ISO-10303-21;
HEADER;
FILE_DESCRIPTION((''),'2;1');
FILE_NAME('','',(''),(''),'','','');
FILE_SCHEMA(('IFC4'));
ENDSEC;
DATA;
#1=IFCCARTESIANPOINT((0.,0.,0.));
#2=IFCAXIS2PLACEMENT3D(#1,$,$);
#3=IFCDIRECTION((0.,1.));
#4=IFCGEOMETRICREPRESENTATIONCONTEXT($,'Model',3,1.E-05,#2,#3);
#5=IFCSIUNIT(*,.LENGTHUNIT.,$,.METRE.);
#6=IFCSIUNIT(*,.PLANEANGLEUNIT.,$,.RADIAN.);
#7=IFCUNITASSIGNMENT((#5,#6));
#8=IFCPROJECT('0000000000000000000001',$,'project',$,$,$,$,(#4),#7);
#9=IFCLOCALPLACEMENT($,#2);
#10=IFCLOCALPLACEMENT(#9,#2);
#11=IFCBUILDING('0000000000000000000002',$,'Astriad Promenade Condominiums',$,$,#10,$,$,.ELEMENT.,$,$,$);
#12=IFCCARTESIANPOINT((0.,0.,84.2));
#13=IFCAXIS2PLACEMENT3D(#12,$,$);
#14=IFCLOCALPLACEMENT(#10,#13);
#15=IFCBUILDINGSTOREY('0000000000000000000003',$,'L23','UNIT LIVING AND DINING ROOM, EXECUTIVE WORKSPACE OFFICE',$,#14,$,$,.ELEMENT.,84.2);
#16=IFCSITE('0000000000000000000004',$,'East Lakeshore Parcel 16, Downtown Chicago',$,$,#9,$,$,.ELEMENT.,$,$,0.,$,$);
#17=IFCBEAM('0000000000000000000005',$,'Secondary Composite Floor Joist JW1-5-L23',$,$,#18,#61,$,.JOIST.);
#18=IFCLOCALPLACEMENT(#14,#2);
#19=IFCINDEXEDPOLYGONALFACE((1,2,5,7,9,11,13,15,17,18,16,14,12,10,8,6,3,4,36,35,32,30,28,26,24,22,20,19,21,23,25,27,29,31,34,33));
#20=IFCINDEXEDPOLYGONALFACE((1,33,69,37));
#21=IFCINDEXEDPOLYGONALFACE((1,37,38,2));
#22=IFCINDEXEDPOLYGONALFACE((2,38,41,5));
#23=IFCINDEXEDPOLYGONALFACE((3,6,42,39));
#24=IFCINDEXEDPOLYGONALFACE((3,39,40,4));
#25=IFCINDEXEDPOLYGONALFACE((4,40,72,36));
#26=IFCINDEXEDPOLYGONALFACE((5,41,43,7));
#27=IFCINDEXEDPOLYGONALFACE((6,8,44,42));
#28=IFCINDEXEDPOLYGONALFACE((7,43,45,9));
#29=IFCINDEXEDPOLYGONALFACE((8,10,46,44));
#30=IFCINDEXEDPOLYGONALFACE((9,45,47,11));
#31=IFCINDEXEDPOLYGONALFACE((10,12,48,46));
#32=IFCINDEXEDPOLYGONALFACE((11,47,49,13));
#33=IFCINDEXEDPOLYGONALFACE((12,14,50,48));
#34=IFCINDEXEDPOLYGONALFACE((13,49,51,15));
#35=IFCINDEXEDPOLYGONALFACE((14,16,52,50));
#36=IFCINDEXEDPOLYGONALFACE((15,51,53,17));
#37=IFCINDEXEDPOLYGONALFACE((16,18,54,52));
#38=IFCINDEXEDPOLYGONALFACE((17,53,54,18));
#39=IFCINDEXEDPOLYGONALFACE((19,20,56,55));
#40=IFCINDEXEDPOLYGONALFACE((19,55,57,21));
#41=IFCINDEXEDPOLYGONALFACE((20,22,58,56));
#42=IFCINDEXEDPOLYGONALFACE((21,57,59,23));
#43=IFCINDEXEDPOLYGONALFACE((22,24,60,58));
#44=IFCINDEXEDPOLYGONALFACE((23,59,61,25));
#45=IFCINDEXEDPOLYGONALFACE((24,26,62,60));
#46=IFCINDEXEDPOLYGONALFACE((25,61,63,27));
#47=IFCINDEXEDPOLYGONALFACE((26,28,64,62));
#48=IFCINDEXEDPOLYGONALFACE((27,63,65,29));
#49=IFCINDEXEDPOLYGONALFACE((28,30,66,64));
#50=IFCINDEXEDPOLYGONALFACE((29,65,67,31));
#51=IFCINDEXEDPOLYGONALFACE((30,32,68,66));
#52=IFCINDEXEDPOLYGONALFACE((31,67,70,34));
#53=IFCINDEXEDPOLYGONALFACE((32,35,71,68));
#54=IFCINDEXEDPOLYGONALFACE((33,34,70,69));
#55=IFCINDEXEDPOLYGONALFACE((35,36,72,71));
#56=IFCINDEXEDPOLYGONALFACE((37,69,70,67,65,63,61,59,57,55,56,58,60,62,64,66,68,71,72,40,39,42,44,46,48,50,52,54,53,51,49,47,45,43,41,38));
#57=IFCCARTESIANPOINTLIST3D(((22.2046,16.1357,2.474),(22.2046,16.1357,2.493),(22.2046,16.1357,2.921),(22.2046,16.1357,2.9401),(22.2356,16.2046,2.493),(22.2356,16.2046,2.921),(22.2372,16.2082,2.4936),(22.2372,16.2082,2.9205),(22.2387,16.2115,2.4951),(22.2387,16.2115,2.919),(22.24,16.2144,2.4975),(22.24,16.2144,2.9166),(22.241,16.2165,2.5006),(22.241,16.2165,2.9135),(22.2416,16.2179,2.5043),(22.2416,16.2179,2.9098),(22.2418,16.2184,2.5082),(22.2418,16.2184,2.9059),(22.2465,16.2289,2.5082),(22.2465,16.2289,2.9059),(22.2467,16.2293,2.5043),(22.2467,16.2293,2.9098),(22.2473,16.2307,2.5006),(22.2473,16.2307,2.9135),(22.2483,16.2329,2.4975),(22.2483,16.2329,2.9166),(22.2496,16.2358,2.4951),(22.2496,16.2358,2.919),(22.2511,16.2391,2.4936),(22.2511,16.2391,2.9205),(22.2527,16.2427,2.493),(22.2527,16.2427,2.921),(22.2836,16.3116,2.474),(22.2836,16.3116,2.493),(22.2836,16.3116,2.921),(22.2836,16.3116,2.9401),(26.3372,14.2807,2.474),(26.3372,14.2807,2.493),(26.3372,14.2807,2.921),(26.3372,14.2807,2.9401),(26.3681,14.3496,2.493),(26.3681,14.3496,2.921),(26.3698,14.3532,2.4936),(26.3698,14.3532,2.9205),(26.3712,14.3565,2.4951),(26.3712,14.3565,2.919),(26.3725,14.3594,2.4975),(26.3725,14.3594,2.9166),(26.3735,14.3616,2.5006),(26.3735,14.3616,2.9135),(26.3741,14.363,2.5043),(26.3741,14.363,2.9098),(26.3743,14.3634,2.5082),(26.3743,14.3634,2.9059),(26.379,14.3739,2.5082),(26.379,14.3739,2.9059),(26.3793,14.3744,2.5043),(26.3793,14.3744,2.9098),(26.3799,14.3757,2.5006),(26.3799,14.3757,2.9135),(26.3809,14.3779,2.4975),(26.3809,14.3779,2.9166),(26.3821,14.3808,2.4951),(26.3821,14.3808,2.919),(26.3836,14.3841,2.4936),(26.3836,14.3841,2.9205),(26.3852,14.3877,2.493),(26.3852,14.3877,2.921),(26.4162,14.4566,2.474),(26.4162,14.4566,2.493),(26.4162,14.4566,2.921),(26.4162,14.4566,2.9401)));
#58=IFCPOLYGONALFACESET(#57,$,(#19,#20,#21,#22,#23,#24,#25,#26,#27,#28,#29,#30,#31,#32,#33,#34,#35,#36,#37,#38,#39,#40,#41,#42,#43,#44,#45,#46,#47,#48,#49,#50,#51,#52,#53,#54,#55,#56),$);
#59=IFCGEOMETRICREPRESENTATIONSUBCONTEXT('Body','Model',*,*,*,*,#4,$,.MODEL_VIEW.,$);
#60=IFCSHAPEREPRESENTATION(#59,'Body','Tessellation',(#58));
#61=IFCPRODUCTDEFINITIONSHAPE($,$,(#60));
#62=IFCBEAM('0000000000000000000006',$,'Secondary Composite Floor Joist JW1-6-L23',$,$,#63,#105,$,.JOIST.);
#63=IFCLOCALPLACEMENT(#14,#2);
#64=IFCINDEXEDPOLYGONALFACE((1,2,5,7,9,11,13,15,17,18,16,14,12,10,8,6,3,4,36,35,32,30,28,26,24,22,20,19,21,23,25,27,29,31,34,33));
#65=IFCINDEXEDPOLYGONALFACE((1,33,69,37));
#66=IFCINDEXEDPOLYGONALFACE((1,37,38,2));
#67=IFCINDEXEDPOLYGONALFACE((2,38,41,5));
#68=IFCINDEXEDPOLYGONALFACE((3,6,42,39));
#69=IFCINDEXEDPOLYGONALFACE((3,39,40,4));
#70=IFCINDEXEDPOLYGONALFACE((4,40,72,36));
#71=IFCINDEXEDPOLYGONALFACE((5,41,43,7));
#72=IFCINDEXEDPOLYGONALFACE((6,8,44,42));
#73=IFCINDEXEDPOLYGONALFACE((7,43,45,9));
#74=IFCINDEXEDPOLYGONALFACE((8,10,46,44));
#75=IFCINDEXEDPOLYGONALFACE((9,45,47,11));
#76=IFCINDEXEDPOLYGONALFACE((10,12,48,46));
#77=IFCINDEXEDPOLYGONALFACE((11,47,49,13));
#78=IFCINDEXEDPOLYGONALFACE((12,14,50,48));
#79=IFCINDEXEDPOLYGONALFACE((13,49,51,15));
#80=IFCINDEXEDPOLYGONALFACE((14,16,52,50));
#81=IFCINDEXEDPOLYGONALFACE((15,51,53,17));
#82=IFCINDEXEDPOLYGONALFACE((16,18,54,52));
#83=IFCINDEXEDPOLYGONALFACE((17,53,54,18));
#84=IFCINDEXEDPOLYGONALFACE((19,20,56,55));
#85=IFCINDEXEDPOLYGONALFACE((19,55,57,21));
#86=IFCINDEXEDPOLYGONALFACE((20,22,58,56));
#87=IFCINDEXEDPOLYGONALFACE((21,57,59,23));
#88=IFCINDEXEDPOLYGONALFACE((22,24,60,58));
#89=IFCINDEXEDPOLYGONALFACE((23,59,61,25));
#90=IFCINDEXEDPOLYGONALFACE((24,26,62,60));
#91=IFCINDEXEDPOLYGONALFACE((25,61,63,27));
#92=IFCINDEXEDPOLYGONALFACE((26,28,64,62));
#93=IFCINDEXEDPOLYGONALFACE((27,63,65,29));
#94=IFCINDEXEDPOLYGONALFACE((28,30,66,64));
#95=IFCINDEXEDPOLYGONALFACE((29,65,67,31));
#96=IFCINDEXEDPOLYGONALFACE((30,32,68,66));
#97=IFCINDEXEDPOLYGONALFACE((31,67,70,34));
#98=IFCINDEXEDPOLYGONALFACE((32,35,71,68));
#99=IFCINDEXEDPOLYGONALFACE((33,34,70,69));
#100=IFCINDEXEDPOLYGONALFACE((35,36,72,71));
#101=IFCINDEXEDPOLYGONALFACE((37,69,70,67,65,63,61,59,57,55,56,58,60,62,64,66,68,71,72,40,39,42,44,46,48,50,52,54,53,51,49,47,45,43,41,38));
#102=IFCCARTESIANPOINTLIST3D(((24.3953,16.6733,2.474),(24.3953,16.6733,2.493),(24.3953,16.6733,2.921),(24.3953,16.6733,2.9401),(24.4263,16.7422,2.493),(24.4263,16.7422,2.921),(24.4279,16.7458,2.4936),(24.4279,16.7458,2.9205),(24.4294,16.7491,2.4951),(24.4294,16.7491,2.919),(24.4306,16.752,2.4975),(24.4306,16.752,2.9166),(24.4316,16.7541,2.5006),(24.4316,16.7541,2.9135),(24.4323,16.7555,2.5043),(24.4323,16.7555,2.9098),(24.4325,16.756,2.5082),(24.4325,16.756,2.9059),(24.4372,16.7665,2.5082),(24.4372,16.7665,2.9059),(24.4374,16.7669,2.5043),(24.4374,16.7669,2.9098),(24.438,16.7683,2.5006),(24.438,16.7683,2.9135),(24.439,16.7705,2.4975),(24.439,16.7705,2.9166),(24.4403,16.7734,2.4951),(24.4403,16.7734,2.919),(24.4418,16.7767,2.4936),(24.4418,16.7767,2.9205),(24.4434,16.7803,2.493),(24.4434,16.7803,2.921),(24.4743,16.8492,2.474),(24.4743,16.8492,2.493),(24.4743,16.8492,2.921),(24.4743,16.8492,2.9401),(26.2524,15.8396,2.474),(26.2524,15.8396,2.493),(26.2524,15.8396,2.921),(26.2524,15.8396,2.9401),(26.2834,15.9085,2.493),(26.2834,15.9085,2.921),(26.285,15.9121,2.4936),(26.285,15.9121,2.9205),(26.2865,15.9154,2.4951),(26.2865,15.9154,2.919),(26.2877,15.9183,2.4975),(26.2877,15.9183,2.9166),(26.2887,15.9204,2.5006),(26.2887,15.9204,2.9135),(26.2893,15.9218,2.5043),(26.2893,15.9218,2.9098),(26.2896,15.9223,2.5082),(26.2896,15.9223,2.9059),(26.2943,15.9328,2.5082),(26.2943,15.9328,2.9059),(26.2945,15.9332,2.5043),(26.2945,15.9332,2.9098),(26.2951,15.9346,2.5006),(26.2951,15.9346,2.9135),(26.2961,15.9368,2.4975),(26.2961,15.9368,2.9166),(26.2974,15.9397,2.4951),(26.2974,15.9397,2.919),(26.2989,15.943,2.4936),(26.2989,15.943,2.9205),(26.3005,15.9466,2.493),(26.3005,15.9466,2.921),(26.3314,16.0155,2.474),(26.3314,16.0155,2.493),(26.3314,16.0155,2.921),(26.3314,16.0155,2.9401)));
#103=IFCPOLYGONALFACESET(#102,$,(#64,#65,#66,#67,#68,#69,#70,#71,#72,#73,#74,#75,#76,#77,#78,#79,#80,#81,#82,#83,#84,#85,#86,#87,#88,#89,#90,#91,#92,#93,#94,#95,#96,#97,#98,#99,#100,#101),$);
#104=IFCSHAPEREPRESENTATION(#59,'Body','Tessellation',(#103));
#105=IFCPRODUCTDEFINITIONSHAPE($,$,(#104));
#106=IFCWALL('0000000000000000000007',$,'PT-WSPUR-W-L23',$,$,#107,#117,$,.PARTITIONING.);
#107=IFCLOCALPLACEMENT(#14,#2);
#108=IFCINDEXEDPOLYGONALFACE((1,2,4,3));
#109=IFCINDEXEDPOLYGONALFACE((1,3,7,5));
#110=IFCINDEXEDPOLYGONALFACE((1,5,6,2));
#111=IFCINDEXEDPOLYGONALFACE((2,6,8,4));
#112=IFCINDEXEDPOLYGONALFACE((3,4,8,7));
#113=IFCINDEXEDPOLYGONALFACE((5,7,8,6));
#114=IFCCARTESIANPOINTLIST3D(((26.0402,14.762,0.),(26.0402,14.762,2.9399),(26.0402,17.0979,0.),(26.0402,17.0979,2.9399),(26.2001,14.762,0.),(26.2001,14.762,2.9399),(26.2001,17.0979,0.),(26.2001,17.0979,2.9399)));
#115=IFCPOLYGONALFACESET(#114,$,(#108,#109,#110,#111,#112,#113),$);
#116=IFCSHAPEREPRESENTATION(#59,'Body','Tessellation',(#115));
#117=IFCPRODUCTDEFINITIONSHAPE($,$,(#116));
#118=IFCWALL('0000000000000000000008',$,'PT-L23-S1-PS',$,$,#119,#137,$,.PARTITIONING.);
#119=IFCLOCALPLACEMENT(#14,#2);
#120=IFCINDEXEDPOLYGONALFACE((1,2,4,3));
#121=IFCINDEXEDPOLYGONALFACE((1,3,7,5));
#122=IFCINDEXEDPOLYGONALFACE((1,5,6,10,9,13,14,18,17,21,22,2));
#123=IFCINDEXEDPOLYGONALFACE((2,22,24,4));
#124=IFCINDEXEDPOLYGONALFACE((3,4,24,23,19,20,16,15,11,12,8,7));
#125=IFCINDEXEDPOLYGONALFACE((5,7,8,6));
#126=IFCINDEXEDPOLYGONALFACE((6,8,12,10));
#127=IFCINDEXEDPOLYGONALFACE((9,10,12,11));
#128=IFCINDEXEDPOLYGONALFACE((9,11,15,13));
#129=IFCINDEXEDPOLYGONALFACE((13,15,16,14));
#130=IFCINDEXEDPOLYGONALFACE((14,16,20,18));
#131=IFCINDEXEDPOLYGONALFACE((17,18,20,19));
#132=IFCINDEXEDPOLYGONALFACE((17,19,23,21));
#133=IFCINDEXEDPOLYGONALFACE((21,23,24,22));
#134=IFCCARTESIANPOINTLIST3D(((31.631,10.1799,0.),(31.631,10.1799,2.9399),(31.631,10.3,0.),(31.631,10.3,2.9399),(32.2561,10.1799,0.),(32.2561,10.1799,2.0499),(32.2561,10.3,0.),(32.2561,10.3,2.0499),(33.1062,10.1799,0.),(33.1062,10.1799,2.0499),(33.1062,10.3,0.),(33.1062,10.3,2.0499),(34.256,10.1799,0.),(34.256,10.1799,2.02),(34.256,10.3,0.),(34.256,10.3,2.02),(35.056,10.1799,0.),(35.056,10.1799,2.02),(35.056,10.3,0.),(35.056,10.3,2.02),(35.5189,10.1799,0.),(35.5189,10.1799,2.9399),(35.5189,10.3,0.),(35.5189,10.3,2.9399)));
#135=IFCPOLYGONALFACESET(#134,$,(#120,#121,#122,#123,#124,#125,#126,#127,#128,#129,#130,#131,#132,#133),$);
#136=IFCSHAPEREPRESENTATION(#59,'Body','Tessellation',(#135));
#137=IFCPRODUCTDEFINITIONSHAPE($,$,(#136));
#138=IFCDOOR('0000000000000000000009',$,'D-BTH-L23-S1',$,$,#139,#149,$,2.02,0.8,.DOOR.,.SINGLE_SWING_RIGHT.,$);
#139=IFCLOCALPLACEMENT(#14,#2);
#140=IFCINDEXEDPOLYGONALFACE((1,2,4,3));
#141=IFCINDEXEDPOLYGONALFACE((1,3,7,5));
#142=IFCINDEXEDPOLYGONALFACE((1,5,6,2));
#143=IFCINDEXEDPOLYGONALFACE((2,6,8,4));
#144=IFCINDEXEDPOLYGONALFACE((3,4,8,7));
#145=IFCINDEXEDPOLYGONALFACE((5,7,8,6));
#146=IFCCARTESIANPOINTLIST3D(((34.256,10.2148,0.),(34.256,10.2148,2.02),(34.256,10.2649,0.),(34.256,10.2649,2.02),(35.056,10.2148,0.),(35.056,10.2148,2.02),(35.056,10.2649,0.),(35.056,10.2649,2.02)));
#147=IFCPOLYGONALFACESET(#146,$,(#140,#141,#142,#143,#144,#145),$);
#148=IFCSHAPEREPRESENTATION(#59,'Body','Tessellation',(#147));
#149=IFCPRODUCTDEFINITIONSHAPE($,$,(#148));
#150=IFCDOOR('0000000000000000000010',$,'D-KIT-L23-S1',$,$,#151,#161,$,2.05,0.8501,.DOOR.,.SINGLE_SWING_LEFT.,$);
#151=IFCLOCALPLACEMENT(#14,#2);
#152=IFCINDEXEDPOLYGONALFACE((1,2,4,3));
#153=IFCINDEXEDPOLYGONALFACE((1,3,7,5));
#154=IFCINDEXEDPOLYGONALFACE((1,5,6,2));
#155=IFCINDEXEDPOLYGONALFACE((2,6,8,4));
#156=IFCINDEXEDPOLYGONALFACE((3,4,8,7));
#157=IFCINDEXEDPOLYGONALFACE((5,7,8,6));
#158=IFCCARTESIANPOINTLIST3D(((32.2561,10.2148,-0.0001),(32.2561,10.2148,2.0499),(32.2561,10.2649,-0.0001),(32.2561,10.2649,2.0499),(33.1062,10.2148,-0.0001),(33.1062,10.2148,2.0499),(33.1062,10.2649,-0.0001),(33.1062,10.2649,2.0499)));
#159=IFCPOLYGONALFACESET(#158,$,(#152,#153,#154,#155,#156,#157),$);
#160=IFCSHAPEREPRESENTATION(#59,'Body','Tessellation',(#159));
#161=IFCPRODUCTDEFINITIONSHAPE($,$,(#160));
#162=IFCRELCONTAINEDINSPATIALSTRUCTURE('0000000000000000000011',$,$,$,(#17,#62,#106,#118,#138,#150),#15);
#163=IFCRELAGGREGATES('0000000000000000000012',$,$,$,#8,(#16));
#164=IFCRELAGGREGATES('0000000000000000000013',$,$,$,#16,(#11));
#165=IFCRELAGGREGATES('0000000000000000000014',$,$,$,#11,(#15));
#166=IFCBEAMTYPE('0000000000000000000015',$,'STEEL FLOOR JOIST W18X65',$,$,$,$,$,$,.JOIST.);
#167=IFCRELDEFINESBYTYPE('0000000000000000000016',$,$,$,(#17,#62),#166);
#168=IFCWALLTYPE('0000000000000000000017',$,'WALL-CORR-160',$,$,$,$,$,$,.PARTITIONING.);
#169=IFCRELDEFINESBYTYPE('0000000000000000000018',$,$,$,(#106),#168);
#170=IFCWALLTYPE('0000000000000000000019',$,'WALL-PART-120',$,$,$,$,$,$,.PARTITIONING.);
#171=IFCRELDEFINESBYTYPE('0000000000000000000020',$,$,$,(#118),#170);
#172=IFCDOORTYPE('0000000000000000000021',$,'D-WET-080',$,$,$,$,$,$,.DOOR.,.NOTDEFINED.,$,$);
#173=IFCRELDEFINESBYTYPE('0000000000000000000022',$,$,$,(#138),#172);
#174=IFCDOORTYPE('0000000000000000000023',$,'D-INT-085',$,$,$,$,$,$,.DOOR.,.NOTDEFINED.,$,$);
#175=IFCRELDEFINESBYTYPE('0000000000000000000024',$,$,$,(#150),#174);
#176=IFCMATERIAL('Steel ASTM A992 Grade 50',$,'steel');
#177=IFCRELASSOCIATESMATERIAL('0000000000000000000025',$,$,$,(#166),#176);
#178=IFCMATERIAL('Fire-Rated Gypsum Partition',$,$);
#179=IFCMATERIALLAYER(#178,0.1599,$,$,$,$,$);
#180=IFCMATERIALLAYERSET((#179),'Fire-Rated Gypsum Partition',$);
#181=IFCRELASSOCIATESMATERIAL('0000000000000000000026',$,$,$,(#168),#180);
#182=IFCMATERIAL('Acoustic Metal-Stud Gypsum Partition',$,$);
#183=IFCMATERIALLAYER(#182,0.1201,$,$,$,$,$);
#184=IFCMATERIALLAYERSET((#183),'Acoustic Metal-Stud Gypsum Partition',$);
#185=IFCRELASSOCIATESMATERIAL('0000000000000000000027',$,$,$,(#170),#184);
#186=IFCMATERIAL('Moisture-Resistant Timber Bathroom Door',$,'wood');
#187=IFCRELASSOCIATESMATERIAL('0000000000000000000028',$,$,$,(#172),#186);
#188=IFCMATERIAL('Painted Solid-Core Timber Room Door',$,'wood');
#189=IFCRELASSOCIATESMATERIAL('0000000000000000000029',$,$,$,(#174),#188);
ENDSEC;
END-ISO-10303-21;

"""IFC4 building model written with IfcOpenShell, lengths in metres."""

from ifc_helpers import new_model, si_unit, direction, frame, frame_2d, origin, origin_2d, place, context, subcontext, project, spatial, rectangle, i_section, extrude, source, transform, mapped, material, layer, layer_set, material_profile, profile_set, type_object, type_shapes, element, fill, save


model = new_model("IFC4")

# Units and contexts
model_context = context("Model", 3, precision=1e-05, world=origin(), true_north=direction((0.0, 1.0)))
body_context = subcontext(model_context, "Body", "Model", "MODEL_VIEW")
ifc_project = project(units=[si_unit("LENGTHUNIT", "METRE"), si_unit("PLANEANGLEUNIT", "RADIAN")], contexts=[model_context])

# Site, building, storey
site_placement = place(None, origin())
site = spatial("IfcSite", under=ifc_project, at=site_placement, Name="East Lakeshore Parcel 16, Downtown Chicago", CompositionType="ELEMENT", RefElevation=0.0)
building_placement = place(site_placement, origin())
building = spatial("IfcBuilding", under=site, at=building_placement, Name="Astriad Promenade Condominiums", CompositionType="ELEMENT")
storey_placement = place(building_placement, frame((0.0, 0.0, 84.2)))
storey = spatial("IfcBuildingStorey", under=building, at=storey_placement, Name="L23", Description="UNIT LIVING AND DINING ROOM, EXECUTIVE WORKSPACE OFFICE", CompositionType="ELEMENT", Elevation=84.2)

# Shared definitions
ifc_material_1 = material(Name="Steel ASTM A992 Grade 50", Category="steel")

# Beams
ifc_material_profile_1 = material_profile(ifc_material_1, i_section(OverallWidth=0.1929, OverallDepth=0.4661, WebThickness=0.0115, FlangeThickness=0.019, FilletRadius=0.0151, at=origin_2d()), Name="W18X65")
ifc_profile_set_1 = profile_set([ifc_material_profile_1], Name="Steel ASTM A992 Grade 50")
beam_type_1 = type_object("IfcBeamType", Name="STEEL FLOOR JOIST W18X65", PredefinedType="JOIST", material=ifc_profile_set_1)
shared_shape_1 = source(origin(), body_context, "Body", "SweptSolid", [
    extrude(i_section(OverallWidth=0.1929, OverallDepth=0.4661, WebThickness=0.0115, FlangeThickness=0.019, FilletRadius=0.0151, at=origin_2d()), origin(), (0.0, 0.0, 1.0), 4.5298),
])
beam_1_placement = place(storey_placement, frame((22.2441, 16.2236, 2.707), z_axis=(0.912307, -0.409506, 0.0), x_axis=(0.409506, 0.912307, 0.0)))
element("IfcBeam", 1, at=beam_1_placement, inside=storey, type_object=beam_type_1, Name="Secondary Composite Floor Joist JW1-5-L23", PredefinedType="JOIST", context=body_context, shape_type="MappedRepresentation", body=[
    mapped(shared_shape_1, transform((0.0, 0.0, 0.0), scale=1.0)),
])
shared_shape_2 = source(origin(), body_context, "Body", "SweptSolid", [
    extrude(i_section(OverallWidth=0.1929, OverallDepth=0.4661, WebThickness=0.0115, FlangeThickness=0.019, FilletRadius=0.0151, at=origin_2d()), origin(), (0.0, 0.0, 1.0), 2.0356),
])
beam_2_placement = place(storey_placement, frame((24.4348, 16.7612, 2.707), z_axis=(0.912287, -0.409552, 0.0), x_axis=(0.409552, 0.912287, 0.0)))
element("IfcBeam", 2, at=beam_2_placement, inside=storey, type_object=beam_type_1, Name="Secondary Composite Floor Joist JW1-6-L23", PredefinedType="JOIST", context=body_context, shape_type="MappedRepresentation", body=[
    mapped(shared_shape_2, transform((0.0, 0.0, 0.0), scale=1.0)),
])

# Wall
ifc_material_2 = material(Name="Fire-Rated Gypsum Partition")
ifc_layer_1 = layer(ifc_material_2, 0.1599)
ifc_layer_set_1 = layer_set([ifc_layer_1], Name="Fire-Rated Gypsum Partition")
wall_type_1 = type_object("IfcWallType", Name="WALL-CORR-160", PredefinedType="PARTITIONING", material=ifc_layer_set_1)
wall_1_placement = place(storey_placement, frame((26.1201, 14.762, 0.0), z_axis=(0.0, 0.0, 1.0), x_axis=(0.0, 1.0, 0.0)))
element("IfcWall", 3, at=wall_1_placement, inside=storey, type_object=wall_type_1, Name="PT-WSPUR-W-L23", PredefinedType="PARTITIONING", context=body_context, shape_type="SweptSolid", body=[
    extrude(rectangle(XDim=2.3359, YDim=0.1599, at=frame_2d((1.168, 0.0))), origin(), (0.0, 0.0, 1.0), 2.9399),
])

# Wall, openings, doors
ifc_material_3 = material(Name="Acoustic Metal-Stud Gypsum Partition")
ifc_layer_2 = layer(ifc_material_3, 0.1201)
ifc_layer_set_2 = layer_set([ifc_layer_2], Name="Acoustic Metal-Stud Gypsum Partition")
wall_type_2 = type_object("IfcWallType", Name="WALL-PART-120", PredefinedType="PARTITIONING", material=ifc_layer_set_2)
wall_2_placement = place(storey_placement, frame((31.6311, 10.24, 0.0), z_axis=(0.0, 0.0, 1.0), x_axis=(1.0, 0.0, 0.0)))
wall_2 = element("IfcWall", 4, at=wall_2_placement, inside=storey, type_object=wall_type_2, Name="PT-L23-S1-PS", PredefinedType="PARTITIONING", context=body_context, shape_type="SweptSolid", body=[
    extrude(rectangle(XDim=3.8879, YDim=0.1201, at=frame_2d((1.9438, 0.0))), origin(), (0.0, 0.0, 1.0), 2.9399),
])
opening_1_placement = place(wall_2_placement, frame((0.625, 0.0, 0.0)))
opening_1 = element("IfcOpeningElement", 5, at=opening_1_placement, cuts=wall_2, PredefinedType="OPENING", context=body_context, shape_type="SweptSolid", body=[
    extrude(rectangle(XDim=0.8501, YDim=2.05, at=frame_2d((0.425, 1.0249))), frame((0.0, 0.0701, 0.0), z_axis=(0.0, -1.0, 0.0), x_axis=(1.0, 0.0, 0.0)), (0.0, 0.0, 1.0), 0.1401),
])
opening_2_placement = place(wall_2_placement, frame((2.625, 0.0, 0.0)))
opening_2 = element("IfcOpeningElement", 6, at=opening_2_placement, cuts=wall_2, PredefinedType="OPENING", context=body_context, shape_type="SweptSolid", body=[
    extrude(rectangle(XDim=0.8, YDim=2.02, at=frame_2d((0.3999, 1.01))), frame((0.0, 0.0701, 0.0), z_axis=(0.0, -1.0, 0.0), x_axis=(1.0, 0.0, 0.0)), (0.0, 0.0, 1.0), 0.1401),
])
ifc_material_4 = material(Name="Moisture-Resistant Timber Bathroom Door", Category="wood")
door_type_1 = type_object("IfcDoorType", Name="D-WET-080", OperationType="NOTDEFINED", PredefinedType="DOOR", material=ifc_material_4)
shared_shape_3 = source(origin(), body_context, "Body", "SweptSolid", [
    extrude(rectangle(XDim=0.8, YDim=2.02, at=frame_2d((0.3999, 1.01))), frame((0.0, 0.0249, 0.0), z_axis=(0.0, -1.0, 0.0), x_axis=(1.0, 0.0, 0.0)), (0.0, 0.0, 1.0), 0.05),
])
type_shapes(door_type_1, [shared_shape_3])
door_1_placement = place(opening_2_placement, origin())
door_1 = element("IfcDoor", 7, at=door_1_placement, inside=storey, type_object=door_type_1, Name="D-BTH-L23-S1", OperationType="SINGLE_SWING_RIGHT", OverallHeight=2.02, OverallWidth=0.8, PredefinedType="DOOR", context=body_context, shape_type="MappedRepresentation", body=[
    mapped(shared_shape_3, transform((0.0, 0.0, 0.0), scale=1.0)),
])
fill(opening_2, door_1)
ifc_material_5 = material(Name="Painted Solid-Core Timber Room Door", Category="wood")
door_type_2 = type_object("IfcDoorType", Name="D-INT-085", OperationType="NOTDEFINED", PredefinedType="DOOR", material=ifc_material_5)
shared_shape_4 = source(origin(), body_context, "Body", "SweptSolid", [
    extrude(rectangle(XDim=0.8501, YDim=2.05, at=frame_2d((0.425, 1.0249))), frame((0.0, 0.0249, 0.0), z_axis=(0.0, -1.0, 0.0), x_axis=(1.0, 0.0, 0.0)), (0.0, 0.0, 1.0), 0.05),
])
type_shapes(door_type_2, [shared_shape_4])
door_2_placement = place(opening_1_placement, origin())
door_2 = element("IfcDoor", 8, at=door_2_placement, inside=storey, type_object=door_type_2, Name="D-KIT-L23-S1", OperationType="SINGLE_SWING_LEFT", OverallHeight=2.05, OverallWidth=0.8501, PredefinedType="DOOR", context=body_context, shape_type="MappedRepresentation", body=[
    mapped(shared_shape_4, transform((0.0, 0.0, 0.0), scale=1.0)),
])
fill(opening_1, door_2)

save(model, "model.ifc")
